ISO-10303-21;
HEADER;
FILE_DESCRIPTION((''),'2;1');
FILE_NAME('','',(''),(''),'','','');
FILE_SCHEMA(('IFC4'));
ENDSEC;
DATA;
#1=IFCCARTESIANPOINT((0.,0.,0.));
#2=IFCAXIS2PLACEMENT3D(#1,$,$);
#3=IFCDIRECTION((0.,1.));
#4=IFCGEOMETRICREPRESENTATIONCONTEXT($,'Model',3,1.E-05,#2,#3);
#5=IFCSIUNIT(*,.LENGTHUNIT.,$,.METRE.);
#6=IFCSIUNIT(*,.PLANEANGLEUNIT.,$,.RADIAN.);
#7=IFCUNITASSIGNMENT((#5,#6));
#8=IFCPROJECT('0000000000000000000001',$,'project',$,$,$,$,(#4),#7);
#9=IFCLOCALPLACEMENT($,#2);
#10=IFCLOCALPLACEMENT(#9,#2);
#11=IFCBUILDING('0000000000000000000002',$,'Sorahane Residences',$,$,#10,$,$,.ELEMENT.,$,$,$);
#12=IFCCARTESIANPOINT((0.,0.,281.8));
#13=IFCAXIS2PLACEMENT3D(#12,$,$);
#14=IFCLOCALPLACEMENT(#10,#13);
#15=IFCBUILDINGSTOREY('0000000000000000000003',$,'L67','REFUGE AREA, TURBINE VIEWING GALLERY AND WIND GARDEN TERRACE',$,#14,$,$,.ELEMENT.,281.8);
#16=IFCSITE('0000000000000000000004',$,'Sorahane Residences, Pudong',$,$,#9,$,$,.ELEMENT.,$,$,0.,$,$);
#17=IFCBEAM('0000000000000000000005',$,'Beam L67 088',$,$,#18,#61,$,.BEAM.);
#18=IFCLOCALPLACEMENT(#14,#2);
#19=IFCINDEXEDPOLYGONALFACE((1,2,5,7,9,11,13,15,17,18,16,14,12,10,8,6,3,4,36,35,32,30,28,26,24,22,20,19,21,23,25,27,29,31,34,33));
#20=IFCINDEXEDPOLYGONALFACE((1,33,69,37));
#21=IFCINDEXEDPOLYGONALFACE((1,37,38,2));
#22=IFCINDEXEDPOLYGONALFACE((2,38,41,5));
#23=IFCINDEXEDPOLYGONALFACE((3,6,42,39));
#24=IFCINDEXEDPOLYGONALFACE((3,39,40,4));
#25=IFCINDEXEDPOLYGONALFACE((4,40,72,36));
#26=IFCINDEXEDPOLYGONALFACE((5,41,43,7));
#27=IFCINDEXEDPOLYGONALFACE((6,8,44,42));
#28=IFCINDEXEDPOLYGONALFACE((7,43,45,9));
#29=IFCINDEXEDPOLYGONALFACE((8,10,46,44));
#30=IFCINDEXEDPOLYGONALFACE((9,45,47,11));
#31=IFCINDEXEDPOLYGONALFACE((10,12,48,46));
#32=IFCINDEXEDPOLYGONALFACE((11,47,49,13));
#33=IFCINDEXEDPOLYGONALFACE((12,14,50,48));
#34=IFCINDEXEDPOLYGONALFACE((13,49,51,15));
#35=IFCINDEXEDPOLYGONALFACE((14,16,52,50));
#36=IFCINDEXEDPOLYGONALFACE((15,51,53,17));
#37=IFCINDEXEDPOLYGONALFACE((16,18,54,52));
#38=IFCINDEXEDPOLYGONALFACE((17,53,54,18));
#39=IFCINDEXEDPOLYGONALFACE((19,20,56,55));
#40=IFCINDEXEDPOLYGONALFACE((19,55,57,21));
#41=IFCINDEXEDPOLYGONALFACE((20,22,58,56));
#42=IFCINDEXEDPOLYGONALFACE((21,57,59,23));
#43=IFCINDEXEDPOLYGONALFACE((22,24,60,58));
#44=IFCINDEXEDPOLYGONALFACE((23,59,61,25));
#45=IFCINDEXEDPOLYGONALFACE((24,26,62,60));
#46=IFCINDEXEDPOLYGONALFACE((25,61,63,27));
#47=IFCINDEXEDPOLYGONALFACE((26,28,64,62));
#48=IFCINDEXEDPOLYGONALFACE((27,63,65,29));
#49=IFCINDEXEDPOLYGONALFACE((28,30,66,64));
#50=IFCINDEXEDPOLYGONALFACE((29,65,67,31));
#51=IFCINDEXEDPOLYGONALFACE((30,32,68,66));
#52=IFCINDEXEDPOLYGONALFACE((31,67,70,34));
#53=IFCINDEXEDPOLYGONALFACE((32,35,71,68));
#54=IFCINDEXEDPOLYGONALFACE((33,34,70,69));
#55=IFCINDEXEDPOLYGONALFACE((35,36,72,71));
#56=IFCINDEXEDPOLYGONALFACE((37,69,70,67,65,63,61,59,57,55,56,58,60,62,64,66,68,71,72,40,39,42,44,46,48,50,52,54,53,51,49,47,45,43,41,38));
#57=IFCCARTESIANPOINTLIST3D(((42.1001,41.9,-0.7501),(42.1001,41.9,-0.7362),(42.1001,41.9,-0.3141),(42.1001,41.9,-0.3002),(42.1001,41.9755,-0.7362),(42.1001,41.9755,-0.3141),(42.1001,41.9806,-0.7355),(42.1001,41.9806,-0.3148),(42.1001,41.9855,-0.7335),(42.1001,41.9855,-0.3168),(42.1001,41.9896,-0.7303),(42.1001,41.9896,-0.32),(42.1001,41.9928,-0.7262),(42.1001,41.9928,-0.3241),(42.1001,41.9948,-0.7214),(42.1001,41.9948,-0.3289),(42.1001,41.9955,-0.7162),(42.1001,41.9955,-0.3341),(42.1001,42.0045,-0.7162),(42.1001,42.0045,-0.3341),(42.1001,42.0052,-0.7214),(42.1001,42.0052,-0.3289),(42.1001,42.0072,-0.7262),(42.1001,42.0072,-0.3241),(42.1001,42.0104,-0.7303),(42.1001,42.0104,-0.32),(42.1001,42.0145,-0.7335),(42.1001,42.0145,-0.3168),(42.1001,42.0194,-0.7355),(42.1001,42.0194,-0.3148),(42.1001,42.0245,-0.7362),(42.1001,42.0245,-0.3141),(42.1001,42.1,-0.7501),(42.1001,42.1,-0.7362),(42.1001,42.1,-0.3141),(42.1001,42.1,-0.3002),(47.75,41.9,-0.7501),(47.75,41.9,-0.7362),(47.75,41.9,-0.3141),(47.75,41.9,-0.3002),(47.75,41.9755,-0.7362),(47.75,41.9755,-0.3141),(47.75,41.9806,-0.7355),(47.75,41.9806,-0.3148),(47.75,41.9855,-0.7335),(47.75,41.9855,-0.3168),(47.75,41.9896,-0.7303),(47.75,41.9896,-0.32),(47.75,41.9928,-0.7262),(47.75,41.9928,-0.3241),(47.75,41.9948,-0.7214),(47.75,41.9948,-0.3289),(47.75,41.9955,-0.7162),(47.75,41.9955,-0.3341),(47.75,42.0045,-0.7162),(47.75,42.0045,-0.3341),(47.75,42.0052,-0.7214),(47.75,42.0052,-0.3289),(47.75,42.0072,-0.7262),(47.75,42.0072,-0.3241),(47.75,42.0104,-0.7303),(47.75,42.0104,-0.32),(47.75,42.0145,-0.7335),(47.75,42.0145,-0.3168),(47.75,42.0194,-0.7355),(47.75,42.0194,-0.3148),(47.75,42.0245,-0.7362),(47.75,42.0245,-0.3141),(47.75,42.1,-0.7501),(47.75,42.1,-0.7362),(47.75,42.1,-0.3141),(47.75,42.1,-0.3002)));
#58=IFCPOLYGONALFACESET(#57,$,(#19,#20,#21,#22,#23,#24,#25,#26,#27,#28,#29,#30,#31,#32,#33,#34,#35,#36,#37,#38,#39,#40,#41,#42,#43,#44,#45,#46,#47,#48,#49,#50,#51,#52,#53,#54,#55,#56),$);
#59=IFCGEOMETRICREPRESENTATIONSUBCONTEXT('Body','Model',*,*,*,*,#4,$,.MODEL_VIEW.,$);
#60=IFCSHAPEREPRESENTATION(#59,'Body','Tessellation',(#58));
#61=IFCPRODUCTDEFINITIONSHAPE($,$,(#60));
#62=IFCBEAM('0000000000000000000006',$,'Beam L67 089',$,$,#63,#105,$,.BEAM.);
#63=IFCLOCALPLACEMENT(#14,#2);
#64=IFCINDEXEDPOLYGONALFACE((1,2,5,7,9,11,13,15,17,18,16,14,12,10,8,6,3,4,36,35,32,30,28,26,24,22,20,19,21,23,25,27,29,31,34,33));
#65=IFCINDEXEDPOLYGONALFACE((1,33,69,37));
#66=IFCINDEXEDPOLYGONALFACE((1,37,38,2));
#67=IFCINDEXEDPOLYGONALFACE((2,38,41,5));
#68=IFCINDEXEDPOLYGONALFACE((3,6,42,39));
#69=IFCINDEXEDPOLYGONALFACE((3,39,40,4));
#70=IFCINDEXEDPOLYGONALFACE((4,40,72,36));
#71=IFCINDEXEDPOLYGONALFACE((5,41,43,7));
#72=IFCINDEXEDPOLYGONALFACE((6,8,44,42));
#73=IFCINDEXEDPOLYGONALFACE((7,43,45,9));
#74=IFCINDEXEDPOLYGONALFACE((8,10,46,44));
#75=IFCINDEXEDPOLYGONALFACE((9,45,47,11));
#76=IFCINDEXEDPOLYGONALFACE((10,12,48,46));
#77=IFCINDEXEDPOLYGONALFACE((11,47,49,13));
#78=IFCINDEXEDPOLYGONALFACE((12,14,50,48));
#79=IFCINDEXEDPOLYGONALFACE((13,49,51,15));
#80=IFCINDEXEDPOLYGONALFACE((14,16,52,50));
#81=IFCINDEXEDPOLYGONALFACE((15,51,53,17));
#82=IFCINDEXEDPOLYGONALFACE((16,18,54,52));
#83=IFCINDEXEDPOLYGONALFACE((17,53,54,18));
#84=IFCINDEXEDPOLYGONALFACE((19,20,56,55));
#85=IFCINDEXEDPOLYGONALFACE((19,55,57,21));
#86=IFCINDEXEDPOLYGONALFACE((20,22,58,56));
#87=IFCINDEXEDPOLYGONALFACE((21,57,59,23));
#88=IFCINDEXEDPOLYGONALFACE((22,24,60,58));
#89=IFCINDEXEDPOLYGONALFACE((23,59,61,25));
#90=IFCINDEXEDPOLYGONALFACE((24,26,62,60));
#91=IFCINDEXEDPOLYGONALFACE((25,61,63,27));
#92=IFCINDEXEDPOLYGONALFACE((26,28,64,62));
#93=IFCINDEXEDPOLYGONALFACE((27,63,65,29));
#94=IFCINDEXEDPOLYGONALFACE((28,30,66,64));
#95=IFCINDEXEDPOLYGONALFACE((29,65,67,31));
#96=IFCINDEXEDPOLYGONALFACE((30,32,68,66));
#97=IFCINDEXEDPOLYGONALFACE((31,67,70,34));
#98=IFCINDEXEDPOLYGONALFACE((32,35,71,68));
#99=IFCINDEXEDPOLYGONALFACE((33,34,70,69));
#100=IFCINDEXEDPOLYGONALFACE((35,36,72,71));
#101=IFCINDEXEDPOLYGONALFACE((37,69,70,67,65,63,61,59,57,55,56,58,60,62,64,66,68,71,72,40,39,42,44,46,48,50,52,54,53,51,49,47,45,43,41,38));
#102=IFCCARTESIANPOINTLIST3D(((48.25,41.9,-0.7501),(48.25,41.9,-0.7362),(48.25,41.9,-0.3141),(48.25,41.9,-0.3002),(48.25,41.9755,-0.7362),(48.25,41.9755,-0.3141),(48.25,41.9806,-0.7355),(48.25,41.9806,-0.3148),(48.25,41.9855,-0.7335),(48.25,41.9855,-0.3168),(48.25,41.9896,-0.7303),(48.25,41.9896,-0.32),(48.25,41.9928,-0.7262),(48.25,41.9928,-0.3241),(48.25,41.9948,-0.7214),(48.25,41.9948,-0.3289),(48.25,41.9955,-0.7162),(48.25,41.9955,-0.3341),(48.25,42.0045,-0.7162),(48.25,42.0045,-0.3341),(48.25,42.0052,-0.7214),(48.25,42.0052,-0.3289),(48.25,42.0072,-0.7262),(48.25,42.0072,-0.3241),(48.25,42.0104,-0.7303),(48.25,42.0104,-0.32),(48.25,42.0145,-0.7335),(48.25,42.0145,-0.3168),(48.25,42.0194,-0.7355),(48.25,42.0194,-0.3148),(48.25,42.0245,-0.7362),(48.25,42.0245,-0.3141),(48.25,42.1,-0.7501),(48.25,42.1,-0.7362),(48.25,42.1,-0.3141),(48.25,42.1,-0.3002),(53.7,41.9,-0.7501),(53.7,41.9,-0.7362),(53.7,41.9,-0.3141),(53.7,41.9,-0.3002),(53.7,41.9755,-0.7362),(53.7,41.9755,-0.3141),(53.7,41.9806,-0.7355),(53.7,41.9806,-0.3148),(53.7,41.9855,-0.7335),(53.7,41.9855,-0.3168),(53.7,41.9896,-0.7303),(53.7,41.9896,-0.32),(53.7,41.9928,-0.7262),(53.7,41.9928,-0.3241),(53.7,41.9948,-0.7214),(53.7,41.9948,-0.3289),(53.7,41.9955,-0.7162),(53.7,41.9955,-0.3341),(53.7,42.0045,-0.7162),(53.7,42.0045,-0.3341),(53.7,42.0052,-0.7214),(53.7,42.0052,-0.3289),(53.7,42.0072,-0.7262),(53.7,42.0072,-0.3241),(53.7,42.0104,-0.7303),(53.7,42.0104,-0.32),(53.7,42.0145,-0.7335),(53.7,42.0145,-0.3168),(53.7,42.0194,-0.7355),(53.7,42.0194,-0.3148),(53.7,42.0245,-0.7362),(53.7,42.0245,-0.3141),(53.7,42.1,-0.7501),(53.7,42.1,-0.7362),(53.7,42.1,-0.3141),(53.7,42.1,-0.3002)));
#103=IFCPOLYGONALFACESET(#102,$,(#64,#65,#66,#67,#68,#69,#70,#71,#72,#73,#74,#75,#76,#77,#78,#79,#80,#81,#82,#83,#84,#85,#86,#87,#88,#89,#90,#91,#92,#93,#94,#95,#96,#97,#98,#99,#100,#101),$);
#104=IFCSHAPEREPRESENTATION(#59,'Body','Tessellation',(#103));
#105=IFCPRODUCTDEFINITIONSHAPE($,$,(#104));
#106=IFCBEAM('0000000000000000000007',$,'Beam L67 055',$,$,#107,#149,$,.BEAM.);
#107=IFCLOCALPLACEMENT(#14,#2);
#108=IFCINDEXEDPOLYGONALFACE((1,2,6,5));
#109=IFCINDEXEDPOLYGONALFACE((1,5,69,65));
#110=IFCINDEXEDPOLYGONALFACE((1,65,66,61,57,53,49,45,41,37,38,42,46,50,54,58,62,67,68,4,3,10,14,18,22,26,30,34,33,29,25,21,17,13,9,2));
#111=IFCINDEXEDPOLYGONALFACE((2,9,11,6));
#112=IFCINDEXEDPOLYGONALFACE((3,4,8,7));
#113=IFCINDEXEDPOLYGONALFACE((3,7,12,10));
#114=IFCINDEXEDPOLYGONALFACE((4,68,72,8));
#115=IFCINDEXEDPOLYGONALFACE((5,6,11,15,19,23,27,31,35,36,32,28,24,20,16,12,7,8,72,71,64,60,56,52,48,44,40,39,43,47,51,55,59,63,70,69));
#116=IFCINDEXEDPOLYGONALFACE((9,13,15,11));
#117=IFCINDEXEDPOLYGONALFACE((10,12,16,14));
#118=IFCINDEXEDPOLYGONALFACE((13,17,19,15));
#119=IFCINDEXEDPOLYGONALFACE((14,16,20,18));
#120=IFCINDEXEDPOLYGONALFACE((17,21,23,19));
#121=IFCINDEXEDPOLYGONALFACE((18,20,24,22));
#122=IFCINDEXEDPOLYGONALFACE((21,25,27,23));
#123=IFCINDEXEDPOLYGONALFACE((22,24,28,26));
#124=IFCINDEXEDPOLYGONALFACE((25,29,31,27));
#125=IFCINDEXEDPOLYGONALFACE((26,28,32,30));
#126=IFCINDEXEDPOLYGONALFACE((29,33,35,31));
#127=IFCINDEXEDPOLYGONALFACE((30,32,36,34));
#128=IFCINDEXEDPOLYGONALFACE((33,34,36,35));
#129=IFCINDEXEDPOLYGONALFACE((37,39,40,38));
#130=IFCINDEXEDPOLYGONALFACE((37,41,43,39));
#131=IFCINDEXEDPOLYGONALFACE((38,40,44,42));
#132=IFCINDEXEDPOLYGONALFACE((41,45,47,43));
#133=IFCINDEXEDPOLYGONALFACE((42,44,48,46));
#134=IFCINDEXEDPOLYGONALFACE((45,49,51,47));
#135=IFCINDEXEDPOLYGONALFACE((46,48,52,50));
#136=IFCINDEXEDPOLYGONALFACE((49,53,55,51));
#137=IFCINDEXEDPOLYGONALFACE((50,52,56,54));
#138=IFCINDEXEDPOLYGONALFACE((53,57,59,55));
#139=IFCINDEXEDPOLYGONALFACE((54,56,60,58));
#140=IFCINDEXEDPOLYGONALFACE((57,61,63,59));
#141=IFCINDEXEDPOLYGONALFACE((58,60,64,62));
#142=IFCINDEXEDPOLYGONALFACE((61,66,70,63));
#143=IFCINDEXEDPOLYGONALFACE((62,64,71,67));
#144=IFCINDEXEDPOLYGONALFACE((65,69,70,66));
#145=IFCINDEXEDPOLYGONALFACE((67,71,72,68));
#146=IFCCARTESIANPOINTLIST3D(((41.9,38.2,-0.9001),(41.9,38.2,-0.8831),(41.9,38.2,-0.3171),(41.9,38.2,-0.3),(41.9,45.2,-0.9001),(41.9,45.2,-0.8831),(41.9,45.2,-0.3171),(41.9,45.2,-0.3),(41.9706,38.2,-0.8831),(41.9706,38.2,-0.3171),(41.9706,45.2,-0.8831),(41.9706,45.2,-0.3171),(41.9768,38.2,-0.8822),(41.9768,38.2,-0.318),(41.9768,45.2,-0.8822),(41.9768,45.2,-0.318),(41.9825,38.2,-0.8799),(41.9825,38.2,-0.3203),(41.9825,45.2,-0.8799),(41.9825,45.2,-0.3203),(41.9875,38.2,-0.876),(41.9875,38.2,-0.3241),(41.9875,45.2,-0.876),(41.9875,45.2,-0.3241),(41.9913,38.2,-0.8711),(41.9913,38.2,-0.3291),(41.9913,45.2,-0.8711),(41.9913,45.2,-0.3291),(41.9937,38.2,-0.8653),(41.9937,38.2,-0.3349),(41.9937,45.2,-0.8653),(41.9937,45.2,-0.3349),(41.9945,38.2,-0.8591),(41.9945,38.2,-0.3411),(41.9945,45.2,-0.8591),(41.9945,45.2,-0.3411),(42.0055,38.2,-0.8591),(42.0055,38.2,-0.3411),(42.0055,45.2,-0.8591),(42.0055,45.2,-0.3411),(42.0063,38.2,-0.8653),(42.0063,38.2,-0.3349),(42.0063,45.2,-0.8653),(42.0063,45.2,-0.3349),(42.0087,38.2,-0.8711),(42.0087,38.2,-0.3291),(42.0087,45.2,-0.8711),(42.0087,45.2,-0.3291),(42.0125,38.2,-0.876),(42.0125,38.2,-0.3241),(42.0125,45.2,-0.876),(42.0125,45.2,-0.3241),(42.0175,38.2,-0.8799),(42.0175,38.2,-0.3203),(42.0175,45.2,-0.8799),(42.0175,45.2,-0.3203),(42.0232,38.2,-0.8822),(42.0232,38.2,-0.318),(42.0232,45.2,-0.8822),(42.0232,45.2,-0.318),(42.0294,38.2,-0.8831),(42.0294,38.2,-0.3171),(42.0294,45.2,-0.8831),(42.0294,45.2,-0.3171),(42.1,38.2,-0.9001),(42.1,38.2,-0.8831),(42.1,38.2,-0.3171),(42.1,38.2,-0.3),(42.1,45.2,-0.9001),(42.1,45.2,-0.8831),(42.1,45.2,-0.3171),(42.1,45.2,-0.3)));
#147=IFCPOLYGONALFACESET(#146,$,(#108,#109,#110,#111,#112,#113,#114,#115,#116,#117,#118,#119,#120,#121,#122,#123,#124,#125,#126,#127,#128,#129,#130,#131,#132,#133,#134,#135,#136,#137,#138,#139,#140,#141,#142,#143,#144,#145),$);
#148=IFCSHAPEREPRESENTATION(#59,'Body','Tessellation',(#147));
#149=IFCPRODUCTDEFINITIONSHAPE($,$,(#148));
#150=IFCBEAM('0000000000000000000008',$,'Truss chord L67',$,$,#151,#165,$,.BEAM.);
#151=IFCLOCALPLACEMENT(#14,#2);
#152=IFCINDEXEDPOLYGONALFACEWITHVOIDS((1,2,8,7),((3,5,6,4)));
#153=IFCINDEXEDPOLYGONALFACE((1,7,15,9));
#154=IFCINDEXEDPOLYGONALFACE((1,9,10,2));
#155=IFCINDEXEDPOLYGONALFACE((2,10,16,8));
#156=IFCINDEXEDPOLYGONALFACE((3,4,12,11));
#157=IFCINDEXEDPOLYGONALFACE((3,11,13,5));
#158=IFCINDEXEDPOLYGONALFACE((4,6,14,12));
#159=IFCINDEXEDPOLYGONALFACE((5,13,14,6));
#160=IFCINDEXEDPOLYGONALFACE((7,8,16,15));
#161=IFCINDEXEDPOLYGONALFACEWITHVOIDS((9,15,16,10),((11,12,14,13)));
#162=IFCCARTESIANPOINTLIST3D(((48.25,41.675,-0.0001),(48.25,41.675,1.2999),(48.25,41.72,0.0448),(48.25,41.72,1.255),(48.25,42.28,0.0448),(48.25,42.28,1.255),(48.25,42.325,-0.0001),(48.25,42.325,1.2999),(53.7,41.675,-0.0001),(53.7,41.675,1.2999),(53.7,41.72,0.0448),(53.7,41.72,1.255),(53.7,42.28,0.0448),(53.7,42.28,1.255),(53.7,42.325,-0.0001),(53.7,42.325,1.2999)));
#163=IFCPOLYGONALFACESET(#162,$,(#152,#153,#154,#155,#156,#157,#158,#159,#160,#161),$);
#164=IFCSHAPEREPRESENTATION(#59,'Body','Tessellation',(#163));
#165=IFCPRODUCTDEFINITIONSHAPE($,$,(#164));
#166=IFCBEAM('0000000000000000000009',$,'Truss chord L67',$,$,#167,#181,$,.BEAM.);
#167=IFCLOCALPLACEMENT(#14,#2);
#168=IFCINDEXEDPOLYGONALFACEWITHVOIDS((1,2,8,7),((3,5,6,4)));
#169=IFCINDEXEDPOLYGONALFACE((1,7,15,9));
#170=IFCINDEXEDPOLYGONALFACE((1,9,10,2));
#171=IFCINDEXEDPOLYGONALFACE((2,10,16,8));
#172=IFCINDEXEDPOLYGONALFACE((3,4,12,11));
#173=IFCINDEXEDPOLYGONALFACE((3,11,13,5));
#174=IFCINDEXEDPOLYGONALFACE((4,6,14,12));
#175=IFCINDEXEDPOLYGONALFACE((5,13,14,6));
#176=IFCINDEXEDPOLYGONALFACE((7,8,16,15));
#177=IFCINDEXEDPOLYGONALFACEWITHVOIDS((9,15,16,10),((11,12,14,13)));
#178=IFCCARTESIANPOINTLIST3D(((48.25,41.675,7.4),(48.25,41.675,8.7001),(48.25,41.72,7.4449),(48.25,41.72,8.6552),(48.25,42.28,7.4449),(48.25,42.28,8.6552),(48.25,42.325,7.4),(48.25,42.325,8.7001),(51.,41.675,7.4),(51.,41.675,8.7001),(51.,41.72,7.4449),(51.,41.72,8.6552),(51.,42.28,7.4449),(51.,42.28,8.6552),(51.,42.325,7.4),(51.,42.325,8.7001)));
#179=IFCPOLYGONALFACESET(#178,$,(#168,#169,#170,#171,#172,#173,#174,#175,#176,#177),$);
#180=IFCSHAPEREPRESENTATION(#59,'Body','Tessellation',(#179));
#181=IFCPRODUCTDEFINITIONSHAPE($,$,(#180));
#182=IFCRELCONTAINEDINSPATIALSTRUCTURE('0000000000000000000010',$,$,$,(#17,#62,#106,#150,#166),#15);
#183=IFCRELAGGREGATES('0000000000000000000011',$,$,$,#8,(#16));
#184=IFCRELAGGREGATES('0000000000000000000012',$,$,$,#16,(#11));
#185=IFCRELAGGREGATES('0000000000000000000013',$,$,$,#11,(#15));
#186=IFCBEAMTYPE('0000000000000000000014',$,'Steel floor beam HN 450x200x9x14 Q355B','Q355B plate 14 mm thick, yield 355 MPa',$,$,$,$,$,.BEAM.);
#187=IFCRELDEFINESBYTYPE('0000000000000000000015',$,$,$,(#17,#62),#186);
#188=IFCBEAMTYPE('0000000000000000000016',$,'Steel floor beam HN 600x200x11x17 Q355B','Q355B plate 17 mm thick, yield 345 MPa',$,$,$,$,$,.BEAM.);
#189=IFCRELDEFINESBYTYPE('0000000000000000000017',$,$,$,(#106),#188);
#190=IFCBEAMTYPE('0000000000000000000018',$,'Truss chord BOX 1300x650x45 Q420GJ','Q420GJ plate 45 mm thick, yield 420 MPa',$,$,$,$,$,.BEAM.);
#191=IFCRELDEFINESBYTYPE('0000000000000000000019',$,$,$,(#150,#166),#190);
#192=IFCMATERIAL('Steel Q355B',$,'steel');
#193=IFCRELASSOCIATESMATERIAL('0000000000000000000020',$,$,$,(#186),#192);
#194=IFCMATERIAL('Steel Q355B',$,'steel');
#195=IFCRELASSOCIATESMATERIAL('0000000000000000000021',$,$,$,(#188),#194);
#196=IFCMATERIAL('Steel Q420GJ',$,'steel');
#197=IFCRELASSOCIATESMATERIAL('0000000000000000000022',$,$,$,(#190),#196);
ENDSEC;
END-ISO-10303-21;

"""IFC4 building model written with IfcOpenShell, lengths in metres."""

from ifc_helpers import new_model, si_unit, direction, frame, origin, origin_2d, place, context, subcontext, project, spatial, hollow_rectangle, i_section, extrude, material, material_profile, profile_set, type_object, element, save


model = new_model("IFC4")

# Units and contexts
model_context = context("Model", 3, precision=1e-05, world=origin(), true_north=direction((0.0, 1.0)))
body_context = subcontext(model_context, "Body", "Model", "MODEL_VIEW")
ifc_project = project(units=[si_unit("LENGTHUNIT", "METRE"), si_unit("PLANEANGLEUNIT", "RADIAN")], contexts=[model_context])

# Site, building, storey
site_placement = place(None, origin())
site = spatial("IfcSite", under=ifc_project, at=site_placement, Name="Sorahane Residences, Pudong", CompositionType="ELEMENT", RefElevation=0.0)
building_placement = place(site_placement, origin())
building = spatial("IfcBuilding", under=site, at=building_placement, Name="Sorahane Residences", CompositionType="ELEMENT")
storey_placement = place(building_placement, frame((0.0, 0.0, 281.8)))
storey = spatial("IfcBuildingStorey", under=building, at=storey_placement, Name="L67", Description="REFUGE AREA, TURBINE VIEWING GALLERY AND WIND GARDEN TERRACE", CompositionType="ELEMENT", Elevation=281.8)

# Beams
ifc_material_1 = material(Name="Steel Q355B", Category="steel")
ifc_material_profile_1 = material_profile(ifc_material_1, i_section(OverallWidth=0.2, OverallDepth=0.45, WebThickness=0.009, FlangeThickness=0.0139, FilletRadius=0.02, at=origin_2d()), Name="HN 450x200x9x14")
ifc_profile_set_1 = profile_set([ifc_material_profile_1], Name="Steel Q355B")
beam_type_1 = type_object("IfcBeamType", Name="Steel floor beam HN 450x200x9x14 Q355B", Description="Q355B plate 14 mm thick, yield 355 MPa", PredefinedType="BEAM", material=ifc_profile_set_1)
beam_1_placement = place(storey_placement, frame((42.1001, 42.0, -0.5251), z_axis=(1.0, 0.0, 0.0), x_axis=(0.0, 1.0, 0.0)))
element("IfcBeam", 1, at=beam_1_placement, inside=storey, type_object=beam_type_1, Name="Beam L67 088", PredefinedType="BEAM", context=body_context, shape_type="SweptSolid", body=[
    extrude(i_section(OverallWidth=0.2, OverallDepth=0.45, WebThickness=0.009, FlangeThickness=0.0139, FilletRadius=0.02, at=origin_2d()), origin(), (0.0, 0.0, 1.0), 5.6499),
])
beam_2_placement = place(storey_placement, frame((48.25, 42.0, -0.5251), z_axis=(1.0, 0.0, 0.0), x_axis=(0.0, 1.0, 0.0)))
element("IfcBeam", 2, at=beam_2_placement, inside=storey, type_object=beam_type_1, Name="Beam L67 089", PredefinedType="BEAM", context=body_context, shape_type="SweptSolid", body=[
    extrude(i_section(OverallWidth=0.2, OverallDepth=0.45, WebThickness=0.009, FlangeThickness=0.0139, FilletRadius=0.02, at=origin_2d()), origin(), (0.0, 0.0, 1.0), 5.45),
])
ifc_material_2 = material(Name="Steel Q355B", Category="steel")
ifc_material_profile_2 = material_profile(ifc_material_2, i_section(OverallWidth=0.2, OverallDepth=0.6001, WebThickness=0.011, FlangeThickness=0.0171, FilletRadius=0.0239, at=origin_2d()), Name="HN 600x200x11x17")
ifc_profile_set_2 = profile_set([ifc_material_profile_2], Name="Steel Q355B")
beam_type_2 = type_object("IfcBeamType", Name="Steel floor beam HN 600x200x11x17 Q355B", Description="Q355B plate 17 mm thick, yield 345 MPa", PredefinedType="BEAM", material=ifc_profile_set_2)
beam_3_placement = place(storey_placement, frame((42.0, 38.2, -0.6001), z_axis=(0.0, 1.0, 0.0), x_axis=(-1.0, 0.0, 0.0)))
element("IfcBeam", 3, at=beam_3_placement, inside=storey, type_object=beam_type_2, Name="Beam L67 055", PredefinedType="BEAM", context=body_context, shape_type="SweptSolid", body=[
    extrude(i_section(OverallWidth=0.2, OverallDepth=0.6001, WebThickness=0.011, FlangeThickness=0.0171, FilletRadius=0.0239, at=origin_2d()), origin(), (0.0, 0.0, 1.0), 7.0),
])
ifc_material_3 = material(Name="Steel Q420GJ", Category="steel")
ifc_material_profile_3 = material_profile(ifc_material_3, hollow_rectangle(XDim=0.6499, YDim=1.3, WallThickness=0.0449, at=origin_2d()), Name="BOX 1300x650x45")
ifc_profile_set_3 = profile_set([ifc_material_profile_3], Name="Steel Q420GJ")
beam_type_3 = type_object("IfcBeamType", Name="Truss chord BOX 1300x650x45 Q420GJ", Description="Q420GJ plate 45 mm thick, yield 420 MPa", PredefinedType="BEAM", material=ifc_profile_set_3)
beam_4_placement = place(storey_placement, frame((48.25, 42.0, 0.6499), z_axis=(1.0, 0.0, 0.0), x_axis=(0.0, 1.0, 0.0)))
element("IfcBeam", 4, at=beam_4_placement, inside=storey, type_object=beam_type_3, Name="Truss chord L67", PredefinedType="BEAM", context=body_context, shape_type="SweptSolid", body=[
    extrude(hollow_rectangle(XDim=0.6499, YDim=1.3, WallThickness=0.0449, at=origin_2d()), origin(), (0.0, 0.0, 1.0), 5.45),
])
beam_5_placement = place(storey_placement, frame((48.25, 42.0, 8.05), z_axis=(1.0, 0.0, 0.0), x_axis=(0.0, 1.0, 0.0)))
element("IfcBeam", 5, at=beam_5_placement, inside=storey, type_object=beam_type_3, Name="Truss chord L67", PredefinedType="BEAM", context=body_context, shape_type="SweptSolid", body=[
    extrude(hollow_rectangle(XDim=0.6499, YDim=1.3, WallThickness=0.0449, at=origin_2d()), origin(), (0.0, 0.0, 1.0), 2.75),
])

save(model, "model.ifc")
